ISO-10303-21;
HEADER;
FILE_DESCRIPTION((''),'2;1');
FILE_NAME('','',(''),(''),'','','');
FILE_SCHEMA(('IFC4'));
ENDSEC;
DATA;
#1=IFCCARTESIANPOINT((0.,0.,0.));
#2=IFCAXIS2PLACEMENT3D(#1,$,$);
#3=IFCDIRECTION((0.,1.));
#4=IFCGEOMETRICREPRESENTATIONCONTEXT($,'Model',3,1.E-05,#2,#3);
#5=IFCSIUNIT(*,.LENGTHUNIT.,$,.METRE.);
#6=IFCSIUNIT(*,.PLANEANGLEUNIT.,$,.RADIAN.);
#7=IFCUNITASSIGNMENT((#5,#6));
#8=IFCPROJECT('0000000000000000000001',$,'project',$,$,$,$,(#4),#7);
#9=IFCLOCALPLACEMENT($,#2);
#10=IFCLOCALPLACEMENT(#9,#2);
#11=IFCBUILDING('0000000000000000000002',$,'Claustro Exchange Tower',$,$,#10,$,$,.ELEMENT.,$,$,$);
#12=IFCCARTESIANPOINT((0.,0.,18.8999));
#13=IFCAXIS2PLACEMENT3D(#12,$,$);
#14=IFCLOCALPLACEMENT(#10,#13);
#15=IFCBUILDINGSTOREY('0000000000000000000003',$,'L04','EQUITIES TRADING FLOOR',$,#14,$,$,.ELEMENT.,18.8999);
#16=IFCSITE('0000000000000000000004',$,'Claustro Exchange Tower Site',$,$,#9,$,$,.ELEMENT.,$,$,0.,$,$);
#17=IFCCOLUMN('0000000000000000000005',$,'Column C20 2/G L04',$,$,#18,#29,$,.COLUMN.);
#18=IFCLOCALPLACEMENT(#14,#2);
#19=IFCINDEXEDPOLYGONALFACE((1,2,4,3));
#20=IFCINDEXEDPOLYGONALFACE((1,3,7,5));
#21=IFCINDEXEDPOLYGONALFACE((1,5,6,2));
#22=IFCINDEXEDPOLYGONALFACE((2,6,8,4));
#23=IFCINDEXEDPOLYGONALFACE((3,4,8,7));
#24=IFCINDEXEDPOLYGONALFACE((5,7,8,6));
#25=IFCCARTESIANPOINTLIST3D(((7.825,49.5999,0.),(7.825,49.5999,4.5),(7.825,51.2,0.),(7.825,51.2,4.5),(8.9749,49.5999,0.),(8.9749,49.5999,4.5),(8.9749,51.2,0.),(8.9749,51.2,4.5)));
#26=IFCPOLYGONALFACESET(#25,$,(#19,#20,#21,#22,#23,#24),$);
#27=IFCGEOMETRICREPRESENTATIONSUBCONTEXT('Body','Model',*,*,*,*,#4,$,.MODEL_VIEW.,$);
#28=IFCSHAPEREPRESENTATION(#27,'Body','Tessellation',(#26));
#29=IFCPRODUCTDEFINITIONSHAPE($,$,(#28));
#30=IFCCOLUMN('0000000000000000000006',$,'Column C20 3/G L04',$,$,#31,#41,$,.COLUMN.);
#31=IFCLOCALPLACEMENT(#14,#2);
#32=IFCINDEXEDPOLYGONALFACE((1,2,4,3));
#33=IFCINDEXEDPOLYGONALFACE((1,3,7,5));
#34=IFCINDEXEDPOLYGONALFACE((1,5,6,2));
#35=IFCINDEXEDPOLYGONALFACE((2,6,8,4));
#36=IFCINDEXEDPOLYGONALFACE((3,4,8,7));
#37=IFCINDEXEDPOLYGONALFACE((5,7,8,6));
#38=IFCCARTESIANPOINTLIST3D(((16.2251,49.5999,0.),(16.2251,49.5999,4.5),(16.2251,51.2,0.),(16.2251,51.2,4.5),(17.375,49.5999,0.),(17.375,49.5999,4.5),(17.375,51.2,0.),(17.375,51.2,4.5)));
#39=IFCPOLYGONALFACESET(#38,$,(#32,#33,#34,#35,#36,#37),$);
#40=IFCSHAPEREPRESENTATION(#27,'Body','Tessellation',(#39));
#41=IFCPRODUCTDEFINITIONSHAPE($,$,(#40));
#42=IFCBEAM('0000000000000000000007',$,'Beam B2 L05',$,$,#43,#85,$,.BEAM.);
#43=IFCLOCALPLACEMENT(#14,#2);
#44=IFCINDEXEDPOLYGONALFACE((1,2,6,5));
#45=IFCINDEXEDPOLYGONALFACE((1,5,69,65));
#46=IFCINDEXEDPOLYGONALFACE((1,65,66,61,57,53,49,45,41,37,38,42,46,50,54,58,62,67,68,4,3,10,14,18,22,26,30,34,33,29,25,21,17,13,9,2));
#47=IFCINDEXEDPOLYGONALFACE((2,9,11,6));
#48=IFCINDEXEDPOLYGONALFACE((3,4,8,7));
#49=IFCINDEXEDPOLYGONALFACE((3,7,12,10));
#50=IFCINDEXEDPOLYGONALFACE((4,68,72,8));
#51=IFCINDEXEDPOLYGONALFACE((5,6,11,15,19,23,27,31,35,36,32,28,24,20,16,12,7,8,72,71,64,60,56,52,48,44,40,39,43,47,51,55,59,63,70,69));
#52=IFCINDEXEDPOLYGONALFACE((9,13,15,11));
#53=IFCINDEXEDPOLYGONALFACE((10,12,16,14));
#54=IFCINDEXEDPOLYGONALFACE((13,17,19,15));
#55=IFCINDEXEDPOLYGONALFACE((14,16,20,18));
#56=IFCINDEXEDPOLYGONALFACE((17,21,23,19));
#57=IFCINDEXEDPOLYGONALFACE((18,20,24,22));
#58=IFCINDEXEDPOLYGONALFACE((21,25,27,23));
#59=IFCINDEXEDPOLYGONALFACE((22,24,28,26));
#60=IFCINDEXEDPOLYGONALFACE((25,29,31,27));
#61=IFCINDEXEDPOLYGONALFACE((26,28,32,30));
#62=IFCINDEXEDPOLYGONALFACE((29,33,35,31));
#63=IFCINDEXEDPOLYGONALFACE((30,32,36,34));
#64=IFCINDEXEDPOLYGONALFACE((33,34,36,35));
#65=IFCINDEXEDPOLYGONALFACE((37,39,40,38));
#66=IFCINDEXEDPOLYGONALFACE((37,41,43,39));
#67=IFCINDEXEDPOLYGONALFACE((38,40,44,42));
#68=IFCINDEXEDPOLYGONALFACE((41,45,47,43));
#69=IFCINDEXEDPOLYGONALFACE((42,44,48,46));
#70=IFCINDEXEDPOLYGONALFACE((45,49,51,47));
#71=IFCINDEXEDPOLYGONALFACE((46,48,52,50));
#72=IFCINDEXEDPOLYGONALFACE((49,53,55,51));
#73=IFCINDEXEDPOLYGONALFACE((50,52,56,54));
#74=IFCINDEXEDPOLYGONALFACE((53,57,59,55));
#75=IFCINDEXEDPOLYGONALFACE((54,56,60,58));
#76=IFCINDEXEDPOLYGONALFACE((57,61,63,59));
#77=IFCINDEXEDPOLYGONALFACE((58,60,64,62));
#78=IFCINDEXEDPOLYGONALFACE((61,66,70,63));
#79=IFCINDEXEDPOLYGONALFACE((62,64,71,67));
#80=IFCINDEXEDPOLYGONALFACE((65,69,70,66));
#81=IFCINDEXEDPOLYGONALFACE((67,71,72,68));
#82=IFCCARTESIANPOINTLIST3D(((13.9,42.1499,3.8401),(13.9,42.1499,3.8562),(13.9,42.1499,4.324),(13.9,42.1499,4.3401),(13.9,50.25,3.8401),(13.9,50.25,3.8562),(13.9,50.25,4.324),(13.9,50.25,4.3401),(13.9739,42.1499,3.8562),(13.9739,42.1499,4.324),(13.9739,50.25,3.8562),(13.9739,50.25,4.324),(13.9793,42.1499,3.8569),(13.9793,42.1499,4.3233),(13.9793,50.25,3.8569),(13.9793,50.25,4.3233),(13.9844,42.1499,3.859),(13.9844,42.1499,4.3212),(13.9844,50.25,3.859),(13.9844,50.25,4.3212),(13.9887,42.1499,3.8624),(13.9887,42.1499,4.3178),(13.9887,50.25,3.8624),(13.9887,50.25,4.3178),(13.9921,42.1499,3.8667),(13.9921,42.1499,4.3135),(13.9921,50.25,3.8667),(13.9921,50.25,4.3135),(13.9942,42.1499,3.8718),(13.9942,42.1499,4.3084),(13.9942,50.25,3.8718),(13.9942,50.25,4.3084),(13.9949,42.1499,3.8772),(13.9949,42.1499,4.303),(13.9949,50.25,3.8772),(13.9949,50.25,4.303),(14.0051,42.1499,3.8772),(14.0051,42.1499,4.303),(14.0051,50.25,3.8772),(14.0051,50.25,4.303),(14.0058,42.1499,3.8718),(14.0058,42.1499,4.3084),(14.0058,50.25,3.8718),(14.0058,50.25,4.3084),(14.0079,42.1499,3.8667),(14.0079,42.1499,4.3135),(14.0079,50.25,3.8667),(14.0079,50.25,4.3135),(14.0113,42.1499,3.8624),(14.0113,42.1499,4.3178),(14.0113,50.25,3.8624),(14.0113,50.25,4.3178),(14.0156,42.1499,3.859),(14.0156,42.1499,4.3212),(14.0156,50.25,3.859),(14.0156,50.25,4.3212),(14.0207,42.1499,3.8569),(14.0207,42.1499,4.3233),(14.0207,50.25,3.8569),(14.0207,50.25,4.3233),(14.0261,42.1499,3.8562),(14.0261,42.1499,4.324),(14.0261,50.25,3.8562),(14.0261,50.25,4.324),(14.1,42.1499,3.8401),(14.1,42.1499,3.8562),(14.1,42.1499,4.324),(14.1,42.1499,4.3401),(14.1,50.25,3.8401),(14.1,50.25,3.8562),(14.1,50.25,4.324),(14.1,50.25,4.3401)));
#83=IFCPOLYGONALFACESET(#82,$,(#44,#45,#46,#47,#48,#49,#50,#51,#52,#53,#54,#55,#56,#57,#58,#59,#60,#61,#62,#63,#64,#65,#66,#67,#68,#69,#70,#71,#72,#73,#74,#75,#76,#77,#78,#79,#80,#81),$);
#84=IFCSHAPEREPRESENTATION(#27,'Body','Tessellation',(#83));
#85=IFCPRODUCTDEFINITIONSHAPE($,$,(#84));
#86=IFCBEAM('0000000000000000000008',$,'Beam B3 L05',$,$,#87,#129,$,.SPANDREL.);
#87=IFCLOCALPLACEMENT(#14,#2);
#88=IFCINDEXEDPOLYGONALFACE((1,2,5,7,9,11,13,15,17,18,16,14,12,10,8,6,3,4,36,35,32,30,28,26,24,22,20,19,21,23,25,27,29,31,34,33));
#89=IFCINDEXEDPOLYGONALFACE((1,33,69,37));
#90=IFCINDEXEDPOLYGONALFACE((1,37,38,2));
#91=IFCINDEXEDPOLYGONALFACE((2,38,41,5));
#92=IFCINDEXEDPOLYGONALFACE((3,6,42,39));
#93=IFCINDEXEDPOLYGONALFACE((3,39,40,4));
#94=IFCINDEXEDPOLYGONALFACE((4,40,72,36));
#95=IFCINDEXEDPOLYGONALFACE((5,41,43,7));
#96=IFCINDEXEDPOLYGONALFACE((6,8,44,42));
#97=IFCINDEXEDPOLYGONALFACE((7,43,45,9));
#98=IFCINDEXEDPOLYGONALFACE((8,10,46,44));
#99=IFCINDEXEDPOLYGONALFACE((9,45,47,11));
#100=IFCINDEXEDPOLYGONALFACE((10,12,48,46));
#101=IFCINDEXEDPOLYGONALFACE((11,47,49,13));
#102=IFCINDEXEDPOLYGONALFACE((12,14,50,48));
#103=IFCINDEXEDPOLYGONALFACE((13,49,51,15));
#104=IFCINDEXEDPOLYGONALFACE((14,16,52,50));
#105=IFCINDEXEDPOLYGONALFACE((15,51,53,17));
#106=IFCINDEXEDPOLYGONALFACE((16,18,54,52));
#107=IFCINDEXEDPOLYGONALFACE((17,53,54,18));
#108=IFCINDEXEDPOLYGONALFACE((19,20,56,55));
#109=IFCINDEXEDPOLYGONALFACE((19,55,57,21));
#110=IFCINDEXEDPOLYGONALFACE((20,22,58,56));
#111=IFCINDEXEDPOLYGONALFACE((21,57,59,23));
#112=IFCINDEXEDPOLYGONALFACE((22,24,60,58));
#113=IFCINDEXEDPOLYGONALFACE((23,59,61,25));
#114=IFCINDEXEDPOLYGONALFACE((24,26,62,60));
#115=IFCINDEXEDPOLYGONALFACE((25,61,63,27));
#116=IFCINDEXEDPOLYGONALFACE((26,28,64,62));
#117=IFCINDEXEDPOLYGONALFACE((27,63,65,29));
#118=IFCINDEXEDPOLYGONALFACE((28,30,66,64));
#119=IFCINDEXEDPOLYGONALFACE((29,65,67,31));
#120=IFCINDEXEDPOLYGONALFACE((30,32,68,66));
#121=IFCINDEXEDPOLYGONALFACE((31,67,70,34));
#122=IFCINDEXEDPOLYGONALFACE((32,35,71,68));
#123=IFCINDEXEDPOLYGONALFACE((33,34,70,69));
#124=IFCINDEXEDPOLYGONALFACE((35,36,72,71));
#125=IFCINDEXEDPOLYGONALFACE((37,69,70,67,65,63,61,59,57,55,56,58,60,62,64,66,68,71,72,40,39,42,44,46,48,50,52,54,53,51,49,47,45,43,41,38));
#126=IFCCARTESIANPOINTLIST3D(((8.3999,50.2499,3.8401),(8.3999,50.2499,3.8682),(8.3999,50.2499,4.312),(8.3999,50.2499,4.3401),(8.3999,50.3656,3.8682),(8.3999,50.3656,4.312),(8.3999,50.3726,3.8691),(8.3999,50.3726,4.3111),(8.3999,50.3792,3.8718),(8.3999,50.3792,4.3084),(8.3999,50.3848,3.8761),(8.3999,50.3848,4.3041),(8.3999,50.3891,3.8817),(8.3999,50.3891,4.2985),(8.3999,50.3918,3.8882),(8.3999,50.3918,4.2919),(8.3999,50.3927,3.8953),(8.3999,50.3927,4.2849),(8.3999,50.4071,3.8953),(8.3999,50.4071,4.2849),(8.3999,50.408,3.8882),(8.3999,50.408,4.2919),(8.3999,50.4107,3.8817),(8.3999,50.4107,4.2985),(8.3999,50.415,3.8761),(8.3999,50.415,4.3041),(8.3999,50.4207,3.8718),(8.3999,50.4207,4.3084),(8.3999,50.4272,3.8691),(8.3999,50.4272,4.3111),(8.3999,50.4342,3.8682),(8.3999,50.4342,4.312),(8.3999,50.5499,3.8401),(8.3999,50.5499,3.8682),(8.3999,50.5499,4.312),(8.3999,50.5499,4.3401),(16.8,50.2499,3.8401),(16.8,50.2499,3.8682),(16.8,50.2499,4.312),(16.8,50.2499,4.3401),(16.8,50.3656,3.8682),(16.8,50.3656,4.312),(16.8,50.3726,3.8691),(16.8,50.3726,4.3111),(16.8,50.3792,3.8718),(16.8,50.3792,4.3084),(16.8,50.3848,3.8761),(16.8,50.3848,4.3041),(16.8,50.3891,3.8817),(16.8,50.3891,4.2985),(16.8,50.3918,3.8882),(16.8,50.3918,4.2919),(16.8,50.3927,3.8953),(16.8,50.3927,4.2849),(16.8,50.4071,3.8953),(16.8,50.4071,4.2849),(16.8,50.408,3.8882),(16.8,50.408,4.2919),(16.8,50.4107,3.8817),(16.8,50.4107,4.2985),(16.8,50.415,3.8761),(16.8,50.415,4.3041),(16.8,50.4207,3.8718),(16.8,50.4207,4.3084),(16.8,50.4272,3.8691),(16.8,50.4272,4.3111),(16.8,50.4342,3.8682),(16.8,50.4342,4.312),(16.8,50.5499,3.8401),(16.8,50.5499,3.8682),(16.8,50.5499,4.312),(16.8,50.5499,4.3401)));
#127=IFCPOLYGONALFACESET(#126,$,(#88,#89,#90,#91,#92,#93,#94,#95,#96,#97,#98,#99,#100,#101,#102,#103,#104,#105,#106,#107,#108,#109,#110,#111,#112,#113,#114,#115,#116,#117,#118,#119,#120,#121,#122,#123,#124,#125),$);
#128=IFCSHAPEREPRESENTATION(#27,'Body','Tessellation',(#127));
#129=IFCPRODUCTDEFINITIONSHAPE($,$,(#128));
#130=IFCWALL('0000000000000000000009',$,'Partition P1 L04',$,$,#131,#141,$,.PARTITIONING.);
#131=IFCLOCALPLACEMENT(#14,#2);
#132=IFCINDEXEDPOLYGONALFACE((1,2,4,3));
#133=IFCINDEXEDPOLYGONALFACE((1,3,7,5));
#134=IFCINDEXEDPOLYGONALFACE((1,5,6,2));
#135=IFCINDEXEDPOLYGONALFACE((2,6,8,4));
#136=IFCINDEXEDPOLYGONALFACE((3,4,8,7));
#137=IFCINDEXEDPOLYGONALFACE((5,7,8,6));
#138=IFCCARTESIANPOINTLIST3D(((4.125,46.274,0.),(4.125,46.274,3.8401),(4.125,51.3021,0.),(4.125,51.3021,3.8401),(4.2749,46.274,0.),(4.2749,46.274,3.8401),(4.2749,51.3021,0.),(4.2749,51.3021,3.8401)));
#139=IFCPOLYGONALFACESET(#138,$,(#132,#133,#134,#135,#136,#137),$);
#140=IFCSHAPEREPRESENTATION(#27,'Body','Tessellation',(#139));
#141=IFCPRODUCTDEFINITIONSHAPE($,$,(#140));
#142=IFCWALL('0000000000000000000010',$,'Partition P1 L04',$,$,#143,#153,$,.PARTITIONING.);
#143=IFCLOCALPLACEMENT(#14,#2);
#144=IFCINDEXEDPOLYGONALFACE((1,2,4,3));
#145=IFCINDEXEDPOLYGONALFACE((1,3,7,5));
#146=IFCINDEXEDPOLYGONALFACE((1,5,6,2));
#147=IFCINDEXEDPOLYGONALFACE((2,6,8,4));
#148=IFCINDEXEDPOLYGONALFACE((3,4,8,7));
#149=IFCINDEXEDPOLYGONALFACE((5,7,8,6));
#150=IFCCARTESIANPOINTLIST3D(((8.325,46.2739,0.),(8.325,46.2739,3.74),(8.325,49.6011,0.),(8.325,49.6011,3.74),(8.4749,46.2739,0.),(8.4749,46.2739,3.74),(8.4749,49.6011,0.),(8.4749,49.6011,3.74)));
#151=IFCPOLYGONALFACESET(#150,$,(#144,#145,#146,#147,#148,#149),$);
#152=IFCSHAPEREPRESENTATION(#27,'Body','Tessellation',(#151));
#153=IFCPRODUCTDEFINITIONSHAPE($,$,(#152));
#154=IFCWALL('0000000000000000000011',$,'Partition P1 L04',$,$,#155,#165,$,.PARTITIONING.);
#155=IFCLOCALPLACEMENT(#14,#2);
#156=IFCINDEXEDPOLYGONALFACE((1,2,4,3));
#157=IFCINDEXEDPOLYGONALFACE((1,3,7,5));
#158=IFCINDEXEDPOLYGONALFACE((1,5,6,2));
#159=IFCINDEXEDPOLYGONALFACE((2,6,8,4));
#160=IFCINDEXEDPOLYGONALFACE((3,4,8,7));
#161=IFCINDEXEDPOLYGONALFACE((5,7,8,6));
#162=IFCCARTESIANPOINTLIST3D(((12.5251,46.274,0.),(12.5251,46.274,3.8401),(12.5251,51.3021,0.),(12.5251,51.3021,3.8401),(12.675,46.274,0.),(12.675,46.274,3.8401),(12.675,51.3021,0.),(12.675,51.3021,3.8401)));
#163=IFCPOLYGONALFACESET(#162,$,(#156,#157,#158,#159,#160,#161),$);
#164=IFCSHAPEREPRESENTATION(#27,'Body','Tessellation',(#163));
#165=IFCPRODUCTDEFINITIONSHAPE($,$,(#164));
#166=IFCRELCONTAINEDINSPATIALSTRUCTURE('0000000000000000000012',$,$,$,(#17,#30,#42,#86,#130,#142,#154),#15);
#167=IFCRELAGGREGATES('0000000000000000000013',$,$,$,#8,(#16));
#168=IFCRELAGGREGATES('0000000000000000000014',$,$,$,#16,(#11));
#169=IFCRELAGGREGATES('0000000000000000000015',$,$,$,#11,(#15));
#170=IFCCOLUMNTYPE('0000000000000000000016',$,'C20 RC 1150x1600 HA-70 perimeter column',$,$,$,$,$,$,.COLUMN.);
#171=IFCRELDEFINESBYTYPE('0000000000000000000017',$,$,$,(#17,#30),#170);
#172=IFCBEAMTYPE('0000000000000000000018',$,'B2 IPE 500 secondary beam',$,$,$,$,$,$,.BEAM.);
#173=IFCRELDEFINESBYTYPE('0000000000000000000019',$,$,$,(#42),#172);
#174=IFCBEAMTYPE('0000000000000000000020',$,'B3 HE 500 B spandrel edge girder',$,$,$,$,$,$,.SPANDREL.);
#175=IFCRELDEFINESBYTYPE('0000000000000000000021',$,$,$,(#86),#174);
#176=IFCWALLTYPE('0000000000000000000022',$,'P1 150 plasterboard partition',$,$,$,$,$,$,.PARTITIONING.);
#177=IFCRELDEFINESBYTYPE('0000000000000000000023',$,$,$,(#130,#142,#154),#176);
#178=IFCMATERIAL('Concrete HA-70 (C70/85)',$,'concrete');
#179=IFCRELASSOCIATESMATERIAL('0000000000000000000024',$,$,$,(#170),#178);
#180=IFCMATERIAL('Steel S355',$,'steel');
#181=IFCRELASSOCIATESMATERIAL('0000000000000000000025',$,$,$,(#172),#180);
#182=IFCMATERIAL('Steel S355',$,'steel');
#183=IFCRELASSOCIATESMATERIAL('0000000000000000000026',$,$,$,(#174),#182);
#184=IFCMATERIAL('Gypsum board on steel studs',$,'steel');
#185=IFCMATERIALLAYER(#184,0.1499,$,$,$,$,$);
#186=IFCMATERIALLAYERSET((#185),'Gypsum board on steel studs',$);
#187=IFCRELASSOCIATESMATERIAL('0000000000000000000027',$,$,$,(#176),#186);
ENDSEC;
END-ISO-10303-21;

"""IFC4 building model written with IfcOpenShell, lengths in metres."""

from ifc_helpers import new_model, si_unit, direction, frame, frame_2d, origin, origin_2d, place, context, subcontext, project, spatial, rectangle, i_section, extrude, material, layer, layer_set, material_profile, profile_set, type_object, element, save


model = new_model("IFC4")

# Units and contexts
model_context = context("Model", 3, precision=1e-05, world=origin(), true_north=direction((0.0, 1.0)))
body_context = subcontext(model_context, "Body", "Model", "MODEL_VIEW")
ifc_project = project(units=[si_unit("LENGTHUNIT", "METRE"), si_unit("PLANEANGLEUNIT", "RADIAN")], contexts=[model_context])

# Site, building, storey
site_placement = place(None, origin())
site = spatial("IfcSite", under=ifc_project, at=site_placement, Name="Claustro Exchange Tower Site", CompositionType="ELEMENT", RefElevation=0.0)
building_placement = place(site_placement, origin())
building = spatial("IfcBuilding", under=site, at=building_placement, Name="Claustro Exchange Tower", CompositionType="ELEMENT")
storey_placement = place(building_placement, frame((0.0, 0.0, 18.8999)))
storey = spatial("IfcBuildingStorey", under=building, at=storey_placement, Name="L04", Description="EQUITIES TRADING FLOOR", CompositionType="ELEMENT", Elevation=18.8999)

# Columns
ifc_material_1 = material(Name="Concrete HA-70 (C70/85)", Category="concrete")
ifc_material_profile_1 = material_profile(ifc_material_1, rectangle(XDim=1.1499, YDim=1.6001, at=origin_2d()), Name="RC 1150x1600")
ifc_profile_set_1 = profile_set([ifc_material_profile_1], Name="Concrete HA-70 (C70/85)")
column_type = type_object("IfcColumnType", Name="C20 RC 1150x1600 HA-70 perimeter column", PredefinedType="COLUMN", material=ifc_profile_set_1)
for number, where, z_axis, x_axis, name in (
    (1, (8.3999, 50.3999, 0.0), (0.0, 0.0, 1.0), (1.0, 0.0, 0.0), "Column C20 2/G L04"),
    (2, (16.8, 50.3999, 0.0), (0.0, 0.0, 1.0), (1.0, 0.0, 0.0), "Column C20 3/G L04"),
):
    element("IfcColumn", number, at=place(storey_placement, frame(where, z_axis=z_axis, x_axis=x_axis)), inside=storey, type_object=column_type, Name=name, PredefinedType="COLUMN", context=body_context, shape_type="SweptSolid", body=[
        extrude(rectangle(XDim=1.1499, YDim=1.6001, at=origin_2d()), origin(), (0.0, 0.0, 1.0), 4.5),
    ])

# Beams
ifc_material_2 = material(Name="Steel S355", Category="steel")
ifc_material_profile_2 = material_profile(ifc_material_2, i_section(OverallWidth=0.2, OverallDepth=0.5, WebThickness=0.0103, FlangeThickness=0.0161, FilletRadius=0.021, at=origin_2d()), Name="IPE 500")
ifc_profile_set_2 = profile_set([ifc_material_profile_2], Name="Steel S355")
beam_type_1 = type_object("IfcBeamType", Name="B2 IPE 500 secondary beam", PredefinedType="BEAM", material=ifc_profile_set_2)
beam_1_placement = place(storey_placement, frame((14.0, 42.1499, 4.0901), z_axis=(0.0, 1.0, 0.0), x_axis=(-1.0, 0.0, 0.0)))
element("IfcBeam", 3, at=beam_1_placement, inside=storey, type_object=beam_type_1, Name="Beam B2 L05", PredefinedType="BEAM", context=body_context, shape_type="SweptSolid", body=[
    extrude(i_section(OverallWidth=0.2, OverallDepth=0.5, WebThickness=0.0103, FlangeThickness=0.0161, FilletRadius=0.021, at=origin_2d()), origin(), (0.0, 0.0, 1.0), 8.1001),
])
ifc_material_3 = material(Name="Steel S355", Category="steel")
ifc_material_profile_3 = material_profile(ifc_material_3, i_section(OverallWidth=0.3, OverallDepth=0.5, WebThickness=0.0144, FlangeThickness=0.0281, FilletRadius=0.0271, at=origin_2d()), Name="HE 500 B")
ifc_profile_set_3 = profile_set([ifc_material_profile_3], Name="Steel S355")
beam_type_2 = type_object("IfcBeamType", Name="B3 HE 500 B spandrel edge girder", PredefinedType="SPANDREL", material=ifc_profile_set_3)
beam_2_placement = place(storey_placement, frame((8.3999, 50.3999, 4.0901), z_axis=(1.0, 0.0, 0.0), x_axis=(0.0, 1.0, 0.0)))
element("IfcBeam", 4, at=beam_2_placement, inside=storey, type_object=beam_type_2, Name="Beam B3 L05", PredefinedType="SPANDREL", context=body_context, shape_type="SweptSolid", body=[
    extrude(i_section(OverallWidth=0.3, OverallDepth=0.5, WebThickness=0.0144, FlangeThickness=0.0281, FilletRadius=0.0271, at=origin_2d()), origin(), (0.0, 0.0, 1.0), 8.4001),
])

# Walls
ifc_material_4 = material(Name="Gypsum board on steel studs", Category="steel")
ifc_layer_1 = layer(ifc_material_4, 0.1499)
ifc_layer_set_1 = layer_set([ifc_layer_1], Name="Gypsum board on steel studs")
wall_type_1 = type_object("IfcWallType", Name="P1 150 plasterboard partition", PredefinedType="PARTITIONING", material=ifc_layer_set_1)
wall_1_placement = place(storey_placement, frame((4.2, 46.2739, 0.0), z_axis=(0.0, 0.0, 1.0), x_axis=(0.0, 1.0, 0.0)))
element("IfcWall", 5, at=wall_1_placement, inside=storey, type_object=wall_type_1, Name="Partition P1 L04", PredefinedType="PARTITIONING", context=body_context, shape_type="SweptSolid", body=[
    extrude(rectangle(XDim=5.0281, YDim=0.1499, at=frame_2d((2.5142, 0.0))), origin(), (0.0, 0.0, 1.0), 3.8401),
])
wall_2_placement = place(storey_placement, frame((8.3999, 46.2739, 0.0), z_axis=(0.0, 0.0, 1.0), x_axis=(0.0, 1.0, 0.0)))
element("IfcWall", 6, at=wall_2_placement, inside=storey, type_object=wall_type_1, Name="Partition P1 L04", PredefinedType="PARTITIONING", context=body_context, shape_type="SweptSolid", body=[
    extrude(rectangle(XDim=3.3271, YDim=0.1499, at=frame_2d((1.6636, 0.0))), origin(), (0.0, 0.0, 1.0), 3.74),
])
wall_3_placement = place(storey_placement, frame((12.6001, 46.2739, 0.0), z_axis=(0.0, 0.0, 1.0), x_axis=(0.0, 1.0, 0.0)))
element("IfcWall", 7, at=wall_3_placement, inside=storey, type_object=wall_type_1, Name="Partition P1 L04", PredefinedType="PARTITIONING", context=body_context, shape_type="SweptSolid", body=[
    extrude(rectangle(XDim=5.0281, YDim=0.1499, at=frame_2d((2.5142, 0.0))), origin(), (0.0, 0.0, 1.0), 3.8401),
])

save(model, "model.ifc")
